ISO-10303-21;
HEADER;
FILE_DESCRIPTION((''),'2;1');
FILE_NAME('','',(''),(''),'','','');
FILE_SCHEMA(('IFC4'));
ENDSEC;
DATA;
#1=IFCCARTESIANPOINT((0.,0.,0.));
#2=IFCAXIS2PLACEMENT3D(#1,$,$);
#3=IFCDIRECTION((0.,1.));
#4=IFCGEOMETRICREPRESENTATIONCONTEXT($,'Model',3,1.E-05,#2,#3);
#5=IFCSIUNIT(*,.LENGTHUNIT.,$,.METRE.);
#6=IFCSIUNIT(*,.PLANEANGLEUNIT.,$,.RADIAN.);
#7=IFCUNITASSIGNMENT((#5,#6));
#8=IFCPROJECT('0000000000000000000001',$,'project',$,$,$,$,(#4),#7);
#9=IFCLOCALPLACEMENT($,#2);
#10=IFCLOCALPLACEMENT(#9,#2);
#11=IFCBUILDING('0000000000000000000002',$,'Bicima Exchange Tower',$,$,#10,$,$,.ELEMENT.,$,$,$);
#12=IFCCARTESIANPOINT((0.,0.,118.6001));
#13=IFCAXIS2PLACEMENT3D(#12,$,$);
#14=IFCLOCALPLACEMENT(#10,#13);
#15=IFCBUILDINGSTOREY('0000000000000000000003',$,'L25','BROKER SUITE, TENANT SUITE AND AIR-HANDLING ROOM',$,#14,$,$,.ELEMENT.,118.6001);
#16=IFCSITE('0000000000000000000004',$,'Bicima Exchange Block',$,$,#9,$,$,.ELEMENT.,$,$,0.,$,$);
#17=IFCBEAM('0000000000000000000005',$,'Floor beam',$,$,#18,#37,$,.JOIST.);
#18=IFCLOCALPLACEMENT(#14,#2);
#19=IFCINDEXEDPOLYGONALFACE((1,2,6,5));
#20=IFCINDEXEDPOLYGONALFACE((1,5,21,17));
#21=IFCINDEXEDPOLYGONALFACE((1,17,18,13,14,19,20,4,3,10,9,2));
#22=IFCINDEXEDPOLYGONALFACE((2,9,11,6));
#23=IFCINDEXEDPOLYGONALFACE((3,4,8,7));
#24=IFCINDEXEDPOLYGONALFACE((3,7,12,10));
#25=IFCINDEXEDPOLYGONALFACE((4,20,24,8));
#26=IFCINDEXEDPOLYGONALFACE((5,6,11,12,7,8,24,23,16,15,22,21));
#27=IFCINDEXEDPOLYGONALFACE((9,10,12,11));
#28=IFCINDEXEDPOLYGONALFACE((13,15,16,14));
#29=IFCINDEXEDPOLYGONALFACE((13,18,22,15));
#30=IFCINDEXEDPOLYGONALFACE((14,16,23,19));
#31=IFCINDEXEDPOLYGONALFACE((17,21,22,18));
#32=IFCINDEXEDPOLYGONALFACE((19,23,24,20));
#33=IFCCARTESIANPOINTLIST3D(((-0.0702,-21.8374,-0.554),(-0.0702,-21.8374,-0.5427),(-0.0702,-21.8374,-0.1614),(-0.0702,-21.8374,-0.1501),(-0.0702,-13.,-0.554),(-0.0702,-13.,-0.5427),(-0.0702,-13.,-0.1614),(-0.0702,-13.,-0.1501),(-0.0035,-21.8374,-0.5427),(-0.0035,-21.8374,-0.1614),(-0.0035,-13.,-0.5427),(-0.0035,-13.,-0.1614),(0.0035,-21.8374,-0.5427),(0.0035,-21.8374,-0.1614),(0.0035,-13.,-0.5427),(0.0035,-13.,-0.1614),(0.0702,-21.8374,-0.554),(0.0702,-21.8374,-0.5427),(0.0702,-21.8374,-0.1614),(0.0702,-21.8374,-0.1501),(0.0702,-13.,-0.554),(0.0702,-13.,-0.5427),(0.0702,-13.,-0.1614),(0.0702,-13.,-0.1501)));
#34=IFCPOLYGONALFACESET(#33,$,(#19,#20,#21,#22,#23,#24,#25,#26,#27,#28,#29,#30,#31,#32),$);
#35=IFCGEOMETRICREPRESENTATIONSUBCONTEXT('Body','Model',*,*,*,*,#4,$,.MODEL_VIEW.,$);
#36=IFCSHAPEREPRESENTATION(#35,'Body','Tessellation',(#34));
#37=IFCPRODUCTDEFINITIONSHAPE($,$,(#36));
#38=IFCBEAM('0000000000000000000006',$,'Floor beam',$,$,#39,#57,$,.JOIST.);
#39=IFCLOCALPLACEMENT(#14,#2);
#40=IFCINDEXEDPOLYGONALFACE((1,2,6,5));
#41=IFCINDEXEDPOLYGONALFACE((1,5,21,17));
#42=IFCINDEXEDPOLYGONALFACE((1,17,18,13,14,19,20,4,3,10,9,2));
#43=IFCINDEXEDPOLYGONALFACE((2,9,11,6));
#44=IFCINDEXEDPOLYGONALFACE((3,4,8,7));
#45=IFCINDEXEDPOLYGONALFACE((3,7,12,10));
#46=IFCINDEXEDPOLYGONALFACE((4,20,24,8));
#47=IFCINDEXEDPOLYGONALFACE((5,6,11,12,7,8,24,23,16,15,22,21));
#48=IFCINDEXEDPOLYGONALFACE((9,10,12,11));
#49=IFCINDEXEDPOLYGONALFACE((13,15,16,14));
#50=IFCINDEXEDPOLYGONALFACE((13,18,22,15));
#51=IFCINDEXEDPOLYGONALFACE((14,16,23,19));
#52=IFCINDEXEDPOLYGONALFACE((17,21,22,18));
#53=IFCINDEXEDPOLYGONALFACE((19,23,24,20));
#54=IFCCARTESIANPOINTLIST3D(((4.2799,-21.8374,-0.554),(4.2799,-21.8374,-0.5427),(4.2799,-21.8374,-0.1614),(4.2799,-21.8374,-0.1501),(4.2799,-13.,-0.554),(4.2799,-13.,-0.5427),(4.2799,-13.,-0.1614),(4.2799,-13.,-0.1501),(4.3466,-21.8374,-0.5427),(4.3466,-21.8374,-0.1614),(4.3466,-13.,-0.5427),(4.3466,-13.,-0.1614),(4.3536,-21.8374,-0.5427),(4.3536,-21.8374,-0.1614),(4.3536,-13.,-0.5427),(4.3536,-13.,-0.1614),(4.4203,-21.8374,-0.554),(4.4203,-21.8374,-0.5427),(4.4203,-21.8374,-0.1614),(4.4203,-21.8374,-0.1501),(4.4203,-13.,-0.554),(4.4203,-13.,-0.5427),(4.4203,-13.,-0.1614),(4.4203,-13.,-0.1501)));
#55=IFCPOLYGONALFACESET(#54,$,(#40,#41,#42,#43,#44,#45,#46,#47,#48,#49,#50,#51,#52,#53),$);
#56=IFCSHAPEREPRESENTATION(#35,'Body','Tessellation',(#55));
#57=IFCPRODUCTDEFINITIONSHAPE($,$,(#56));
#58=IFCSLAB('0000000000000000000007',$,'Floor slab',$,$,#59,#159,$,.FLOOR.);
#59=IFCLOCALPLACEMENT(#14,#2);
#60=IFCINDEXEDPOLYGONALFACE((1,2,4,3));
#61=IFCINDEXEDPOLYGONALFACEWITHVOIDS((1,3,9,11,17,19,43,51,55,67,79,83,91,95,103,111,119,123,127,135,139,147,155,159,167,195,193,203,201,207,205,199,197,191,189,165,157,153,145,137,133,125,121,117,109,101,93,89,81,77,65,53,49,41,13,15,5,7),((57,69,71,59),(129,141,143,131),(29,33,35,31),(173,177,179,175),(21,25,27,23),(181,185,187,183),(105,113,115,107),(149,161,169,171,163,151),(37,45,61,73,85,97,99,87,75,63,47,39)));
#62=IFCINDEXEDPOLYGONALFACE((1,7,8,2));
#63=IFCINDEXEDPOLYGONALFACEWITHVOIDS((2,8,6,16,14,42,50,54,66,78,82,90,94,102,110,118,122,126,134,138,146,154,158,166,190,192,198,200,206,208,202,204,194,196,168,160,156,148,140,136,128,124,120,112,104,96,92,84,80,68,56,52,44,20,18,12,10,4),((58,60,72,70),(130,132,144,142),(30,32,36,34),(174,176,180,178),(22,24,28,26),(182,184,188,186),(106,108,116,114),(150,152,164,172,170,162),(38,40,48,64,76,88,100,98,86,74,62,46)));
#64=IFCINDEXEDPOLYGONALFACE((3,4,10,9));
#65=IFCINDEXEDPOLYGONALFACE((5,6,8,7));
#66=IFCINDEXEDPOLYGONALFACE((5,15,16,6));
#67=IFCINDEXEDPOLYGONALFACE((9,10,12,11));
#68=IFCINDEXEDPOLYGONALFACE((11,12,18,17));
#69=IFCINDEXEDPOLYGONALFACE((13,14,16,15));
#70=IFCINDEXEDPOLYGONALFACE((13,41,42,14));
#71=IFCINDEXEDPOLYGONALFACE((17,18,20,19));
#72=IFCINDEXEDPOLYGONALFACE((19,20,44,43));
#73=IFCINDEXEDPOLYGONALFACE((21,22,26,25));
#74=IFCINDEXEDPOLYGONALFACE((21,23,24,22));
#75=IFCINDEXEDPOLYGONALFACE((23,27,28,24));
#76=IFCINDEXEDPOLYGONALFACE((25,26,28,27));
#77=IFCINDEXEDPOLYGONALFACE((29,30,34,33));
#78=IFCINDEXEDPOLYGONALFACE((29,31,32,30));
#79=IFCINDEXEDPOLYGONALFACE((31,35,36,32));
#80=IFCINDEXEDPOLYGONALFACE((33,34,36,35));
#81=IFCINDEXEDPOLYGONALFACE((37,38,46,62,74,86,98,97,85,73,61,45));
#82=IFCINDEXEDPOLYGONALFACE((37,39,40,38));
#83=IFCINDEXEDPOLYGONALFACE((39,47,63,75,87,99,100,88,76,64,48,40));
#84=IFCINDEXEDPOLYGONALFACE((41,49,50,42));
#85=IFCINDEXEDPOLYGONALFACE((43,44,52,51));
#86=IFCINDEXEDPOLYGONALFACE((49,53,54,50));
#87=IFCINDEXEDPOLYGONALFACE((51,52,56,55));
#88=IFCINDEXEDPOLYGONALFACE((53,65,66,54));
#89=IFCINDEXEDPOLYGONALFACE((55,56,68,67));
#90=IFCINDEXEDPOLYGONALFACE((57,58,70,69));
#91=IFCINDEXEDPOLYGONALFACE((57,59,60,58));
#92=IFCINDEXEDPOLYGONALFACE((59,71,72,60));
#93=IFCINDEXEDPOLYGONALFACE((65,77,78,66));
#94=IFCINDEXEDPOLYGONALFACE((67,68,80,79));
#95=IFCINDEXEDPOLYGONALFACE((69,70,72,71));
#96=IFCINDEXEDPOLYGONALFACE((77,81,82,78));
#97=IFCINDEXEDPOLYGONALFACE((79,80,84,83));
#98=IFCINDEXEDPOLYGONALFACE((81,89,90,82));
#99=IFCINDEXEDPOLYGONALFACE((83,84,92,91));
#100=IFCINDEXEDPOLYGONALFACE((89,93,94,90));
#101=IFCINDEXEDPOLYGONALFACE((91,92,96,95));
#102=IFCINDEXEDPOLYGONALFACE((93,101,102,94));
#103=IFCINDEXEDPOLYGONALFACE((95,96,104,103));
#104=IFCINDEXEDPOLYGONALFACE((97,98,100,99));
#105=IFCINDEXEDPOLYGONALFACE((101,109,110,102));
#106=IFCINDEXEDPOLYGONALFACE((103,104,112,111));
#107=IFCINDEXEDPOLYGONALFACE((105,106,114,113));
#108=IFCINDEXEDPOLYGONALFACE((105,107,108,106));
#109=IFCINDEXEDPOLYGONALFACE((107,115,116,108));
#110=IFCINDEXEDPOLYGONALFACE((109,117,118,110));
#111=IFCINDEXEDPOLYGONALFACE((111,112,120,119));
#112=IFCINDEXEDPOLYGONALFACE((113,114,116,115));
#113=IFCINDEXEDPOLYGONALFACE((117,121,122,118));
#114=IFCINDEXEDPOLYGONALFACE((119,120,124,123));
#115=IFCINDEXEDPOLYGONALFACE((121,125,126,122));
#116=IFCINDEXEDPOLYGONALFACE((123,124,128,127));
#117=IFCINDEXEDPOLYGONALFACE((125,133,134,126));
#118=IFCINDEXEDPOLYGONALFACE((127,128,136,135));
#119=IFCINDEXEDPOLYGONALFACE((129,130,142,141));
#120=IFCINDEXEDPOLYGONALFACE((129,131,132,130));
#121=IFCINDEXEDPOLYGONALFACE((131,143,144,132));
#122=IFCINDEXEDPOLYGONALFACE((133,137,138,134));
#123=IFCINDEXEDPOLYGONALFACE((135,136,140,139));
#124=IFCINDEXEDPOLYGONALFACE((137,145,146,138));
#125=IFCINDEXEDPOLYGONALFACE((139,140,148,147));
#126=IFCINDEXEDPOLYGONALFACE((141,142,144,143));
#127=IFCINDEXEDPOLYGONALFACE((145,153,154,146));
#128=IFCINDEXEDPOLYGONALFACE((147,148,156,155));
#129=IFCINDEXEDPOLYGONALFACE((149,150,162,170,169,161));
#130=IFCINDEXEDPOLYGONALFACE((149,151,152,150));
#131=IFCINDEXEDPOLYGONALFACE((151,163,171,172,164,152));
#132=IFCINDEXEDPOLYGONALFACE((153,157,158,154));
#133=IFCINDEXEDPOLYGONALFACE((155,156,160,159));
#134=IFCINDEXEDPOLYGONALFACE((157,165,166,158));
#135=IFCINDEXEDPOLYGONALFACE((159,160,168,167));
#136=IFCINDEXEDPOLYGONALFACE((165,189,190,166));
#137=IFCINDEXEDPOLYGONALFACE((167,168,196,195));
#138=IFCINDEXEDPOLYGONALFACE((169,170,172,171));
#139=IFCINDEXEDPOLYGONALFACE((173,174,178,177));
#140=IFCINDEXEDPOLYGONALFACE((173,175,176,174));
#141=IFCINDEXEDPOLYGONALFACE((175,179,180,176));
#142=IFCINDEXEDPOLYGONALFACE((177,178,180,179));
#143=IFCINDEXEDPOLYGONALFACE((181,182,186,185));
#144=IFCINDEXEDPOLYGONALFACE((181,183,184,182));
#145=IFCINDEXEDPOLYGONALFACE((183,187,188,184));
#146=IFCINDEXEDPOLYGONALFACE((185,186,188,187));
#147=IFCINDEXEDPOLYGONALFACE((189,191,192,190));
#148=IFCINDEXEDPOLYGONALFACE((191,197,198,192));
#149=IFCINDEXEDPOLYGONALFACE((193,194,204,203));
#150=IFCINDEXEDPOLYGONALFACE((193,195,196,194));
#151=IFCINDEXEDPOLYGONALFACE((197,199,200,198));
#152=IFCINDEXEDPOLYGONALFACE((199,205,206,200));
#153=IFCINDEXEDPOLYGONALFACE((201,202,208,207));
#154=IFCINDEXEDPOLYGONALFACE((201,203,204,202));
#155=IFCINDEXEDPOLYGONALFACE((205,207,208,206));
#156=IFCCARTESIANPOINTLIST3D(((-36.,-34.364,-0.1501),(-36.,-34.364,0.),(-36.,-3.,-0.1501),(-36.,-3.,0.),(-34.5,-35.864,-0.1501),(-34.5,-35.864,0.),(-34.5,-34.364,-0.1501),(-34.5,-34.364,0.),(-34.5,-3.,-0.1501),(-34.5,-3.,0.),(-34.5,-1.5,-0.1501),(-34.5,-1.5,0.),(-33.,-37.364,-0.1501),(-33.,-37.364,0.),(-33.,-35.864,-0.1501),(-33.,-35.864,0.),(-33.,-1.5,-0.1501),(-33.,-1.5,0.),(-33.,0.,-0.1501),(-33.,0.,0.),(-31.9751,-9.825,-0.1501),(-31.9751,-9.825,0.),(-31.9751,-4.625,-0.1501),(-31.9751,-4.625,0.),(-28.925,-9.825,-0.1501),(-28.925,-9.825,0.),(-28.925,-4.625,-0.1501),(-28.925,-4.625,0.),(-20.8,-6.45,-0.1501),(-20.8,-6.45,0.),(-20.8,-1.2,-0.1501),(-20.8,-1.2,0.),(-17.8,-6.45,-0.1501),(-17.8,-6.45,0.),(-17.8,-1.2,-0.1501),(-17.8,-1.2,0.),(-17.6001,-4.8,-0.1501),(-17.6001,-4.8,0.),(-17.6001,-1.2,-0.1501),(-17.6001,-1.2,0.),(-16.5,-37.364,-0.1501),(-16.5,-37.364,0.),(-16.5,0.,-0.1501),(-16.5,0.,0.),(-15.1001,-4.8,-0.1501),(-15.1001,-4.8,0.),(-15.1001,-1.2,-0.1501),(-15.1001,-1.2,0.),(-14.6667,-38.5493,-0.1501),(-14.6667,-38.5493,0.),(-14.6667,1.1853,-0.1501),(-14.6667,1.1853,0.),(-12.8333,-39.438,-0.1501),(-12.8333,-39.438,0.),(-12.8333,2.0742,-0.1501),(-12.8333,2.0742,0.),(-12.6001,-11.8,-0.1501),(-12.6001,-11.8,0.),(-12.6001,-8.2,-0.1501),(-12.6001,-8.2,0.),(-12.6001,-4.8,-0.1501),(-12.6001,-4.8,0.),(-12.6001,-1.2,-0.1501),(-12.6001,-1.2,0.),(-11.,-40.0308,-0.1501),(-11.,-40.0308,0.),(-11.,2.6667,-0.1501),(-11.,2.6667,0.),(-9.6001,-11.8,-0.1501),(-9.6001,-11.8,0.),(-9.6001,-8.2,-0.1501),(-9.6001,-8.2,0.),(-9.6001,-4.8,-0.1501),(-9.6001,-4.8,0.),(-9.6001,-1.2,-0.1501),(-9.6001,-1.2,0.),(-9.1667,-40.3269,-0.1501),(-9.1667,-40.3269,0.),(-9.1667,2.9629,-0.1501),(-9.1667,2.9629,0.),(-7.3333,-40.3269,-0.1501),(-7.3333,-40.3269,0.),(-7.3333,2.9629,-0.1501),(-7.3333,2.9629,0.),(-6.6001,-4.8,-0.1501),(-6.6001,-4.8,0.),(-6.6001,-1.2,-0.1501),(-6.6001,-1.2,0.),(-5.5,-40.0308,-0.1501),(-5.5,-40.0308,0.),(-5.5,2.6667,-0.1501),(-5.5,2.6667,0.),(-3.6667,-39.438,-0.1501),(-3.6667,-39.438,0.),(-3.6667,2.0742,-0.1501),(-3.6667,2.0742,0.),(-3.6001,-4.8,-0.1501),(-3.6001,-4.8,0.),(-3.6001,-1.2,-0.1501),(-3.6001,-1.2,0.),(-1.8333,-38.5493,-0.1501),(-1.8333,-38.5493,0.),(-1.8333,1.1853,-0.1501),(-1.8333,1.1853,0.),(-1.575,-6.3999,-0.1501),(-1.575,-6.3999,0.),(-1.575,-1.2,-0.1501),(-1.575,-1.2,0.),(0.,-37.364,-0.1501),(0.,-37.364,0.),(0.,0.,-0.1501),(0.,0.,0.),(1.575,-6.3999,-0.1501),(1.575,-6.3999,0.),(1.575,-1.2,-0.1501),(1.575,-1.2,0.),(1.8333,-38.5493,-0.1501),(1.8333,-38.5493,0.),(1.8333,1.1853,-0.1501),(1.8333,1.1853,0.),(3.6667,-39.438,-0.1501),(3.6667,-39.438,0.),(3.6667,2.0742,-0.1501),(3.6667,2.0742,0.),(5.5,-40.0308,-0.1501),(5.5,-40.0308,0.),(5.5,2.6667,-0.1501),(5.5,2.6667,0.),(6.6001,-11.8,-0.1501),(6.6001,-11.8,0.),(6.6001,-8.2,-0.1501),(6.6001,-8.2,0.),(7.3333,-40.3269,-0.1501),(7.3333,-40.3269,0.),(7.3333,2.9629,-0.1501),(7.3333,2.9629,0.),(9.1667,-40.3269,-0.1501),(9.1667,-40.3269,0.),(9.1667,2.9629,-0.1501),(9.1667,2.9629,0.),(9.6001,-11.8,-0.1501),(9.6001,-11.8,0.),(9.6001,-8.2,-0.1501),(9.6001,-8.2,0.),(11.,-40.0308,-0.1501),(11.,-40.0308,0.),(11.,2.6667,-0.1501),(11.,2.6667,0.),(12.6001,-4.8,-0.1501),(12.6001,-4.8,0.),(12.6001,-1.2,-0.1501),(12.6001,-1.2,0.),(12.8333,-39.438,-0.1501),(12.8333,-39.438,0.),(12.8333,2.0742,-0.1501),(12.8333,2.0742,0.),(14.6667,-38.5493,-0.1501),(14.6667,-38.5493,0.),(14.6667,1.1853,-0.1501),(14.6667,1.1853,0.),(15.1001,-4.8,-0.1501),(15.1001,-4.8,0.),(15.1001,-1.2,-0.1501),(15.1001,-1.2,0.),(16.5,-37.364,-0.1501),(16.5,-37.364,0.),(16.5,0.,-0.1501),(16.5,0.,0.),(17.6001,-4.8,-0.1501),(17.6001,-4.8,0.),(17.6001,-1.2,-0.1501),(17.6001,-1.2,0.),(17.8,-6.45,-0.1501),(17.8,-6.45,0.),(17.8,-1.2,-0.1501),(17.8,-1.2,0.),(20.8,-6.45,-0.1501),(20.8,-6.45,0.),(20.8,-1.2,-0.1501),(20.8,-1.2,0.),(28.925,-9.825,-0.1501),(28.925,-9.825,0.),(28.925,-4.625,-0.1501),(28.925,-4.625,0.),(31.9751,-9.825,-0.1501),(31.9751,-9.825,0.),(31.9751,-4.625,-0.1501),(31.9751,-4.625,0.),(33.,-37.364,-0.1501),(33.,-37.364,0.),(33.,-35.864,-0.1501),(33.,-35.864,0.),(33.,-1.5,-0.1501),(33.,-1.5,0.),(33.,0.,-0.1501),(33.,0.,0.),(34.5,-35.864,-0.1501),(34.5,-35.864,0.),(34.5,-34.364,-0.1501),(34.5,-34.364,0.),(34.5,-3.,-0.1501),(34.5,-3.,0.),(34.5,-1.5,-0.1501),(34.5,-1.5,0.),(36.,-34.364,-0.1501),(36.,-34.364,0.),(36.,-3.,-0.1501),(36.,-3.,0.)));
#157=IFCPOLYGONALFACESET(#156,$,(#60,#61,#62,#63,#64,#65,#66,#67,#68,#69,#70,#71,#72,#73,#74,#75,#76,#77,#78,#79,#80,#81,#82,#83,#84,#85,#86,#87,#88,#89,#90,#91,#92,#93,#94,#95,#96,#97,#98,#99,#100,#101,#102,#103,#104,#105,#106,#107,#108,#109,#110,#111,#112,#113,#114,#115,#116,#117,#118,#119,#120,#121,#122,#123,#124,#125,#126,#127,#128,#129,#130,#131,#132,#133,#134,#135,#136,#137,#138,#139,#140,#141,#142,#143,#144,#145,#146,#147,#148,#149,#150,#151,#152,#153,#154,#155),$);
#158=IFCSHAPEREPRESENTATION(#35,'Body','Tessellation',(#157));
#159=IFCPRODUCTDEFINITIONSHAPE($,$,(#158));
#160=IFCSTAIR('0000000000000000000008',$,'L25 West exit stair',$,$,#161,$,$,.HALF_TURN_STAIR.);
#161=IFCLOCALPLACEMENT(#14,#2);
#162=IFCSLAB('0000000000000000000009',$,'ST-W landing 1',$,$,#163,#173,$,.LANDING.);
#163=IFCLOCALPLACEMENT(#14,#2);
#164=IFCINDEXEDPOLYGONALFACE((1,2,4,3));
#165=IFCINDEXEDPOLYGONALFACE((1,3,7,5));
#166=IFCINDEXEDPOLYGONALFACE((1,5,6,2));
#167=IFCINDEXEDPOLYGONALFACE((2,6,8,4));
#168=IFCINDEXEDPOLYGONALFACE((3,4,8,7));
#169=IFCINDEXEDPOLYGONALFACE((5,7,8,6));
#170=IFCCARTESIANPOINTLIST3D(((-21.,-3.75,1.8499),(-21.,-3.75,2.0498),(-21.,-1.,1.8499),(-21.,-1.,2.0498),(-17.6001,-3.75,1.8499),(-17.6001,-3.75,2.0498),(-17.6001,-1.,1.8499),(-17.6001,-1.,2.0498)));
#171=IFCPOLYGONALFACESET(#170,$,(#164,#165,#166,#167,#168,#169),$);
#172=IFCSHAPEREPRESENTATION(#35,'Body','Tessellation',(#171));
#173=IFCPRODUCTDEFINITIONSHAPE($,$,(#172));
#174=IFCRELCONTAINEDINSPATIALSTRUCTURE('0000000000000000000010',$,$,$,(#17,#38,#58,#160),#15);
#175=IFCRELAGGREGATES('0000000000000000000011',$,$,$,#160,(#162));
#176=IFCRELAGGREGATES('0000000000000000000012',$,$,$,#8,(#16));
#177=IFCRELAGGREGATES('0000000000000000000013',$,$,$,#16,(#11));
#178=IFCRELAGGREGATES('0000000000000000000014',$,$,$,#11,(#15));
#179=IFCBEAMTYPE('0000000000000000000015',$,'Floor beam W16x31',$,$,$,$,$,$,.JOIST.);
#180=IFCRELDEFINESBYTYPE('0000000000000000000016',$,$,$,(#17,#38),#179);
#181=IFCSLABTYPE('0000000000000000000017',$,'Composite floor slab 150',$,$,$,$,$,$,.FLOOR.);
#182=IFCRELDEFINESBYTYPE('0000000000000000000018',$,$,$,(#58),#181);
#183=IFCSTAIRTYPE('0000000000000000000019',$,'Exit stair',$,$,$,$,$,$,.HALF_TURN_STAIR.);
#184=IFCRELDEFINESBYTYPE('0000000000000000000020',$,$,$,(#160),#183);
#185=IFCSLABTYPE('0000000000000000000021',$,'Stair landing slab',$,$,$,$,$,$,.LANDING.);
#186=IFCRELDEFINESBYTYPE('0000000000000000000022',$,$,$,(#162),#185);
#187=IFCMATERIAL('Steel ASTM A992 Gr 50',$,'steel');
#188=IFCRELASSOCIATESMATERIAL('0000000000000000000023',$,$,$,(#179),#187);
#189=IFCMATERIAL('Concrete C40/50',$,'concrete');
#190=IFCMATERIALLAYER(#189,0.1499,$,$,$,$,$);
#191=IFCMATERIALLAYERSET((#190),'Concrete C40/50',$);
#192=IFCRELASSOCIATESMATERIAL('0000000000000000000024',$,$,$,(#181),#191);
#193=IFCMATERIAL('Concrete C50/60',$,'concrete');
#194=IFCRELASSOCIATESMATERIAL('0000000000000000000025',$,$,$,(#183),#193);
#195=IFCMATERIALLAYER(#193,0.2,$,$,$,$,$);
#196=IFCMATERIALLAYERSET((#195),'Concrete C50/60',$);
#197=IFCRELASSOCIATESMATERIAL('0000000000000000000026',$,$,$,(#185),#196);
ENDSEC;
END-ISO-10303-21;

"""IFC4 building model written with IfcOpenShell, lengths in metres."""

from ifc_helpers import new_model, si_unit, direction, frame, origin, origin_2d, place, context, subcontext, project, spatial, polyline, i_section, outline, extrude, material, layer, layer_set, material_profile, profile_set, type_object, element, aggregate, save


model = new_model("IFC4")

# Units and contexts
model_context = context("Model", 3, precision=1e-05, world=origin(), true_north=direction((0.0, 1.0)))
body_context = subcontext(model_context, "Body", "Model", "MODEL_VIEW")
ifc_project = project(units=[si_unit("LENGTHUNIT", "METRE"), si_unit("PLANEANGLEUNIT", "RADIAN")], contexts=[model_context])

# Site, building, storey
site_placement = place(None, origin())
site = spatial("IfcSite", under=ifc_project, at=site_placement, Name="Bicima Exchange Block", CompositionType="ELEMENT", RefElevation=0.0)
building_placement = place(site_placement, origin())
building = spatial("IfcBuilding", under=site, at=building_placement, Name="Bicima Exchange Tower", CompositionType="ELEMENT")
storey_placement = place(building_placement, frame((0.0, 0.0, 118.6001)))
storey = spatial("IfcBuildingStorey", under=building, at=storey_placement, Name="L25", Description="BROKER SUITE, TENANT SUITE AND AIR-HANDLING ROOM", CompositionType="ELEMENT", Elevation=118.6001)

# Beams
ifc_material_1 = material(Name="Steel ASTM A992 Gr 50", Category="steel")
ifc_material_profile = material_profile(ifc_material_1, i_section(OverallWidth=0.1404, OverallDepth=0.4038, WebThickness=0.0071, FlangeThickness=0.0112, at=origin_2d()))
ifc_profile_set = profile_set([ifc_material_profile], Name="Steel ASTM A992 Gr 50")
beam_type = type_object("IfcBeamType", Name="Floor beam W16x31", PredefinedType="JOIST", material=ifc_profile_set)
for number, where, z_axis, x_axis, name in (
    (1, (0.0, -13.0, -0.3521), (0.0, -1.0, 0.0), (1.0, 0.0, 0.0), "Floor beam"),
    (2, (4.3501, -13.0, -0.3521), (0.0, -1.0, 0.0), (1.0, 0.0, 0.0), "Floor beam"),
):
    element("IfcBeam", number, at=place(storey_placement, frame(where, z_axis=z_axis, x_axis=x_axis)), inside=storey, type_object=beam_type, Name=name, PredefinedType="JOIST", context=body_context, shape_type="SweptSolid", body=[
        extrude(i_section(OverallWidth=0.1404, OverallDepth=0.4038, WebThickness=0.0071, FlangeThickness=0.0112, at=origin_2d()), origin(), (0.0, 0.0, 1.0), 8.8374),
    ])

# Slab
ifc_material_2 = material(Name="Concrete C40/50", Category="concrete")
ifc_layer_1 = layer(ifc_material_2, 0.1499)
ifc_layer_set_1 = layer_set([ifc_layer_1], Name="Concrete C40/50")
slab_type_1 = type_object("IfcSlabType", Name="Composite floor slab 150", PredefinedType="FLOOR", material=ifc_layer_set_1)
slab_1_placement = place(storey_placement, frame((0.0, 0.0, -0.1501)))
element("IfcSlab", 3, at=slab_1_placement, inside=storey, type_object=slab_type_1, Name="Floor slab", PredefinedType="FLOOR", context=body_context, shape_type="SweptSolid", body=[
    extrude(outline(polyline([(-36.0, -34.364), (-36.0, -3.0), (-34.5, -3.0), (-34.5, -1.5), (-33.0, -1.5), (-33.0, 0.0), (-16.5, 0.0), (-14.6667, 1.1853), (-12.8333, 2.0742), (-11.0, 2.6667), (-9.1667, 2.9629), (-7.3333, 2.9629), (-5.5, 2.6667), (-3.6667, 2.0742), (-1.8333, 1.1853), (0.0, 0.0), (1.8333, 1.1853), (3.6667, 2.0742), (5.5, 2.6667), (7.3333, 2.9629), (9.1667, 2.9629), (11.0, 2.6667), (12.8333, 2.0742), (14.6667, 1.1853), (16.5, 0.0), (33.0, 0.0), (33.0, -1.5), (34.5, -1.5), (34.5, -3.0), (36.0, -3.0), (36.0, -34.364), (34.5, -34.364), (34.5, -35.864), (33.0, -35.864), (33.0, -37.364), (16.5, -37.364), (14.6667, -38.5493), (12.8333, -39.438), (11.0, -40.0308), (9.1667, -40.3269), (7.3333, -40.3269), (5.5, -40.0308), (3.6667, -39.438), (1.8333, -38.5493), (0.0, -37.364), (-1.8333, -38.5493), (-3.6667, -39.438), (-5.5, -40.0308), (-7.3333, -40.3269), (-9.1667, -40.3269), (-11.0, -40.0308), (-12.8333, -39.438), (-14.6667, -38.5493), (-16.5, -37.364), (-33.0, -37.364), (-33.0, -35.864), (-34.5, -35.864), (-34.5, -34.364), (-36.0, -34.364)]), holes=[polyline([(-9.6001, -11.8), (-9.6001, -8.2), (-12.6001, -8.2), (-12.6001, -11.8), (-9.6001, -11.8)]), polyline([(-31.9751, -9.825), (-28.925, -9.825), (-28.925, -4.625), (-31.9751, -4.625), (-31.9751, -9.825)]), polyline([(-20.8, -6.45), (-17.8, -6.45), (-17.8, -1.2), (-20.8, -1.2), (-20.8, -6.45)]), polyline([(-9.6001, -1.2), (-12.6001, -1.2), (-15.1001, -1.2), (-17.6001, -1.2), (-17.6001, -4.8), (-15.1001, -4.8), (-12.6001, -4.8), (-9.6001, -4.8), (-6.6001, -4.8), (-3.6001, -4.8), (-3.6001, -1.2), (-6.6001, -1.2), (-9.6001, -1.2)]), polyline([(9.6001, -11.8), (9.6001, -8.2), (6.6001, -8.2), (6.6001, -11.8), (9.6001, -11.8)]), polyline([(28.925, -9.825), (31.9751, -9.825), (31.9751, -4.625), (28.925, -4.625), (28.925, -9.825)]), polyline([(17.8, -6.45), (20.8, -6.45), (20.8, -1.2), (17.8, -1.2), (17.8, -6.45)]), polyline([(-1.575, -6.3999), (1.575, -6.3999), (1.575, -1.2), (-1.575, -1.2), (-1.575, -6.3999)]), polyline([(17.6001, -4.8), (17.6001, -1.2), (15.1001, -1.2), (12.6001, -1.2), (12.6001, -4.8), (15.1001, -4.8), (17.6001, -4.8)])]), origin(), (0.0, 0.0, 1.0), 0.1501),
])

# Stair, slab
ifc_material_3 = material(Name="Concrete C50/60", Category="concrete")
stair_type_1 = type_object("IfcStairType", Name="Exit stair", PredefinedType="HALF_TURN_STAIR", material=ifc_material_3)
stair_1_placement = place(storey_placement, origin())
stair_1 = element("IfcStair", 4, at=stair_1_placement, inside=storey, type_object=stair_type_1, Name="L25 West exit stair", PredefinedType="HALF_TURN_STAIR")
ifc_layer_2 = layer(ifc_material_3, 0.2)
ifc_layer_set_2 = layer_set([ifc_layer_2], Name="Concrete C50/60")
slab_type_2 = type_object("IfcSlabType", Name="Stair landing slab", PredefinedType="LANDING", material=ifc_layer_set_2)
slab_2_placement = place(storey_placement, frame((0.0, 0.0, 1.8499)))
slab_2 = element("IfcSlab", 5, at=slab_2_placement, type_object=slab_type_2, Name="ST-W landing 1", PredefinedType="LANDING", context=body_context, shape_type="SweptSolid", body=[
    extrude(outline(polyline([(-17.6001, -3.75), (-17.6001, -1.0), (-21.0, -1.0), (-21.0, -3.75), (-17.6001, -3.75)])), origin(), (0.0, 0.0, 1.0), 0.2),
])
aggregate(stair_1, [slab_2])

save(model, "model.ifc")
